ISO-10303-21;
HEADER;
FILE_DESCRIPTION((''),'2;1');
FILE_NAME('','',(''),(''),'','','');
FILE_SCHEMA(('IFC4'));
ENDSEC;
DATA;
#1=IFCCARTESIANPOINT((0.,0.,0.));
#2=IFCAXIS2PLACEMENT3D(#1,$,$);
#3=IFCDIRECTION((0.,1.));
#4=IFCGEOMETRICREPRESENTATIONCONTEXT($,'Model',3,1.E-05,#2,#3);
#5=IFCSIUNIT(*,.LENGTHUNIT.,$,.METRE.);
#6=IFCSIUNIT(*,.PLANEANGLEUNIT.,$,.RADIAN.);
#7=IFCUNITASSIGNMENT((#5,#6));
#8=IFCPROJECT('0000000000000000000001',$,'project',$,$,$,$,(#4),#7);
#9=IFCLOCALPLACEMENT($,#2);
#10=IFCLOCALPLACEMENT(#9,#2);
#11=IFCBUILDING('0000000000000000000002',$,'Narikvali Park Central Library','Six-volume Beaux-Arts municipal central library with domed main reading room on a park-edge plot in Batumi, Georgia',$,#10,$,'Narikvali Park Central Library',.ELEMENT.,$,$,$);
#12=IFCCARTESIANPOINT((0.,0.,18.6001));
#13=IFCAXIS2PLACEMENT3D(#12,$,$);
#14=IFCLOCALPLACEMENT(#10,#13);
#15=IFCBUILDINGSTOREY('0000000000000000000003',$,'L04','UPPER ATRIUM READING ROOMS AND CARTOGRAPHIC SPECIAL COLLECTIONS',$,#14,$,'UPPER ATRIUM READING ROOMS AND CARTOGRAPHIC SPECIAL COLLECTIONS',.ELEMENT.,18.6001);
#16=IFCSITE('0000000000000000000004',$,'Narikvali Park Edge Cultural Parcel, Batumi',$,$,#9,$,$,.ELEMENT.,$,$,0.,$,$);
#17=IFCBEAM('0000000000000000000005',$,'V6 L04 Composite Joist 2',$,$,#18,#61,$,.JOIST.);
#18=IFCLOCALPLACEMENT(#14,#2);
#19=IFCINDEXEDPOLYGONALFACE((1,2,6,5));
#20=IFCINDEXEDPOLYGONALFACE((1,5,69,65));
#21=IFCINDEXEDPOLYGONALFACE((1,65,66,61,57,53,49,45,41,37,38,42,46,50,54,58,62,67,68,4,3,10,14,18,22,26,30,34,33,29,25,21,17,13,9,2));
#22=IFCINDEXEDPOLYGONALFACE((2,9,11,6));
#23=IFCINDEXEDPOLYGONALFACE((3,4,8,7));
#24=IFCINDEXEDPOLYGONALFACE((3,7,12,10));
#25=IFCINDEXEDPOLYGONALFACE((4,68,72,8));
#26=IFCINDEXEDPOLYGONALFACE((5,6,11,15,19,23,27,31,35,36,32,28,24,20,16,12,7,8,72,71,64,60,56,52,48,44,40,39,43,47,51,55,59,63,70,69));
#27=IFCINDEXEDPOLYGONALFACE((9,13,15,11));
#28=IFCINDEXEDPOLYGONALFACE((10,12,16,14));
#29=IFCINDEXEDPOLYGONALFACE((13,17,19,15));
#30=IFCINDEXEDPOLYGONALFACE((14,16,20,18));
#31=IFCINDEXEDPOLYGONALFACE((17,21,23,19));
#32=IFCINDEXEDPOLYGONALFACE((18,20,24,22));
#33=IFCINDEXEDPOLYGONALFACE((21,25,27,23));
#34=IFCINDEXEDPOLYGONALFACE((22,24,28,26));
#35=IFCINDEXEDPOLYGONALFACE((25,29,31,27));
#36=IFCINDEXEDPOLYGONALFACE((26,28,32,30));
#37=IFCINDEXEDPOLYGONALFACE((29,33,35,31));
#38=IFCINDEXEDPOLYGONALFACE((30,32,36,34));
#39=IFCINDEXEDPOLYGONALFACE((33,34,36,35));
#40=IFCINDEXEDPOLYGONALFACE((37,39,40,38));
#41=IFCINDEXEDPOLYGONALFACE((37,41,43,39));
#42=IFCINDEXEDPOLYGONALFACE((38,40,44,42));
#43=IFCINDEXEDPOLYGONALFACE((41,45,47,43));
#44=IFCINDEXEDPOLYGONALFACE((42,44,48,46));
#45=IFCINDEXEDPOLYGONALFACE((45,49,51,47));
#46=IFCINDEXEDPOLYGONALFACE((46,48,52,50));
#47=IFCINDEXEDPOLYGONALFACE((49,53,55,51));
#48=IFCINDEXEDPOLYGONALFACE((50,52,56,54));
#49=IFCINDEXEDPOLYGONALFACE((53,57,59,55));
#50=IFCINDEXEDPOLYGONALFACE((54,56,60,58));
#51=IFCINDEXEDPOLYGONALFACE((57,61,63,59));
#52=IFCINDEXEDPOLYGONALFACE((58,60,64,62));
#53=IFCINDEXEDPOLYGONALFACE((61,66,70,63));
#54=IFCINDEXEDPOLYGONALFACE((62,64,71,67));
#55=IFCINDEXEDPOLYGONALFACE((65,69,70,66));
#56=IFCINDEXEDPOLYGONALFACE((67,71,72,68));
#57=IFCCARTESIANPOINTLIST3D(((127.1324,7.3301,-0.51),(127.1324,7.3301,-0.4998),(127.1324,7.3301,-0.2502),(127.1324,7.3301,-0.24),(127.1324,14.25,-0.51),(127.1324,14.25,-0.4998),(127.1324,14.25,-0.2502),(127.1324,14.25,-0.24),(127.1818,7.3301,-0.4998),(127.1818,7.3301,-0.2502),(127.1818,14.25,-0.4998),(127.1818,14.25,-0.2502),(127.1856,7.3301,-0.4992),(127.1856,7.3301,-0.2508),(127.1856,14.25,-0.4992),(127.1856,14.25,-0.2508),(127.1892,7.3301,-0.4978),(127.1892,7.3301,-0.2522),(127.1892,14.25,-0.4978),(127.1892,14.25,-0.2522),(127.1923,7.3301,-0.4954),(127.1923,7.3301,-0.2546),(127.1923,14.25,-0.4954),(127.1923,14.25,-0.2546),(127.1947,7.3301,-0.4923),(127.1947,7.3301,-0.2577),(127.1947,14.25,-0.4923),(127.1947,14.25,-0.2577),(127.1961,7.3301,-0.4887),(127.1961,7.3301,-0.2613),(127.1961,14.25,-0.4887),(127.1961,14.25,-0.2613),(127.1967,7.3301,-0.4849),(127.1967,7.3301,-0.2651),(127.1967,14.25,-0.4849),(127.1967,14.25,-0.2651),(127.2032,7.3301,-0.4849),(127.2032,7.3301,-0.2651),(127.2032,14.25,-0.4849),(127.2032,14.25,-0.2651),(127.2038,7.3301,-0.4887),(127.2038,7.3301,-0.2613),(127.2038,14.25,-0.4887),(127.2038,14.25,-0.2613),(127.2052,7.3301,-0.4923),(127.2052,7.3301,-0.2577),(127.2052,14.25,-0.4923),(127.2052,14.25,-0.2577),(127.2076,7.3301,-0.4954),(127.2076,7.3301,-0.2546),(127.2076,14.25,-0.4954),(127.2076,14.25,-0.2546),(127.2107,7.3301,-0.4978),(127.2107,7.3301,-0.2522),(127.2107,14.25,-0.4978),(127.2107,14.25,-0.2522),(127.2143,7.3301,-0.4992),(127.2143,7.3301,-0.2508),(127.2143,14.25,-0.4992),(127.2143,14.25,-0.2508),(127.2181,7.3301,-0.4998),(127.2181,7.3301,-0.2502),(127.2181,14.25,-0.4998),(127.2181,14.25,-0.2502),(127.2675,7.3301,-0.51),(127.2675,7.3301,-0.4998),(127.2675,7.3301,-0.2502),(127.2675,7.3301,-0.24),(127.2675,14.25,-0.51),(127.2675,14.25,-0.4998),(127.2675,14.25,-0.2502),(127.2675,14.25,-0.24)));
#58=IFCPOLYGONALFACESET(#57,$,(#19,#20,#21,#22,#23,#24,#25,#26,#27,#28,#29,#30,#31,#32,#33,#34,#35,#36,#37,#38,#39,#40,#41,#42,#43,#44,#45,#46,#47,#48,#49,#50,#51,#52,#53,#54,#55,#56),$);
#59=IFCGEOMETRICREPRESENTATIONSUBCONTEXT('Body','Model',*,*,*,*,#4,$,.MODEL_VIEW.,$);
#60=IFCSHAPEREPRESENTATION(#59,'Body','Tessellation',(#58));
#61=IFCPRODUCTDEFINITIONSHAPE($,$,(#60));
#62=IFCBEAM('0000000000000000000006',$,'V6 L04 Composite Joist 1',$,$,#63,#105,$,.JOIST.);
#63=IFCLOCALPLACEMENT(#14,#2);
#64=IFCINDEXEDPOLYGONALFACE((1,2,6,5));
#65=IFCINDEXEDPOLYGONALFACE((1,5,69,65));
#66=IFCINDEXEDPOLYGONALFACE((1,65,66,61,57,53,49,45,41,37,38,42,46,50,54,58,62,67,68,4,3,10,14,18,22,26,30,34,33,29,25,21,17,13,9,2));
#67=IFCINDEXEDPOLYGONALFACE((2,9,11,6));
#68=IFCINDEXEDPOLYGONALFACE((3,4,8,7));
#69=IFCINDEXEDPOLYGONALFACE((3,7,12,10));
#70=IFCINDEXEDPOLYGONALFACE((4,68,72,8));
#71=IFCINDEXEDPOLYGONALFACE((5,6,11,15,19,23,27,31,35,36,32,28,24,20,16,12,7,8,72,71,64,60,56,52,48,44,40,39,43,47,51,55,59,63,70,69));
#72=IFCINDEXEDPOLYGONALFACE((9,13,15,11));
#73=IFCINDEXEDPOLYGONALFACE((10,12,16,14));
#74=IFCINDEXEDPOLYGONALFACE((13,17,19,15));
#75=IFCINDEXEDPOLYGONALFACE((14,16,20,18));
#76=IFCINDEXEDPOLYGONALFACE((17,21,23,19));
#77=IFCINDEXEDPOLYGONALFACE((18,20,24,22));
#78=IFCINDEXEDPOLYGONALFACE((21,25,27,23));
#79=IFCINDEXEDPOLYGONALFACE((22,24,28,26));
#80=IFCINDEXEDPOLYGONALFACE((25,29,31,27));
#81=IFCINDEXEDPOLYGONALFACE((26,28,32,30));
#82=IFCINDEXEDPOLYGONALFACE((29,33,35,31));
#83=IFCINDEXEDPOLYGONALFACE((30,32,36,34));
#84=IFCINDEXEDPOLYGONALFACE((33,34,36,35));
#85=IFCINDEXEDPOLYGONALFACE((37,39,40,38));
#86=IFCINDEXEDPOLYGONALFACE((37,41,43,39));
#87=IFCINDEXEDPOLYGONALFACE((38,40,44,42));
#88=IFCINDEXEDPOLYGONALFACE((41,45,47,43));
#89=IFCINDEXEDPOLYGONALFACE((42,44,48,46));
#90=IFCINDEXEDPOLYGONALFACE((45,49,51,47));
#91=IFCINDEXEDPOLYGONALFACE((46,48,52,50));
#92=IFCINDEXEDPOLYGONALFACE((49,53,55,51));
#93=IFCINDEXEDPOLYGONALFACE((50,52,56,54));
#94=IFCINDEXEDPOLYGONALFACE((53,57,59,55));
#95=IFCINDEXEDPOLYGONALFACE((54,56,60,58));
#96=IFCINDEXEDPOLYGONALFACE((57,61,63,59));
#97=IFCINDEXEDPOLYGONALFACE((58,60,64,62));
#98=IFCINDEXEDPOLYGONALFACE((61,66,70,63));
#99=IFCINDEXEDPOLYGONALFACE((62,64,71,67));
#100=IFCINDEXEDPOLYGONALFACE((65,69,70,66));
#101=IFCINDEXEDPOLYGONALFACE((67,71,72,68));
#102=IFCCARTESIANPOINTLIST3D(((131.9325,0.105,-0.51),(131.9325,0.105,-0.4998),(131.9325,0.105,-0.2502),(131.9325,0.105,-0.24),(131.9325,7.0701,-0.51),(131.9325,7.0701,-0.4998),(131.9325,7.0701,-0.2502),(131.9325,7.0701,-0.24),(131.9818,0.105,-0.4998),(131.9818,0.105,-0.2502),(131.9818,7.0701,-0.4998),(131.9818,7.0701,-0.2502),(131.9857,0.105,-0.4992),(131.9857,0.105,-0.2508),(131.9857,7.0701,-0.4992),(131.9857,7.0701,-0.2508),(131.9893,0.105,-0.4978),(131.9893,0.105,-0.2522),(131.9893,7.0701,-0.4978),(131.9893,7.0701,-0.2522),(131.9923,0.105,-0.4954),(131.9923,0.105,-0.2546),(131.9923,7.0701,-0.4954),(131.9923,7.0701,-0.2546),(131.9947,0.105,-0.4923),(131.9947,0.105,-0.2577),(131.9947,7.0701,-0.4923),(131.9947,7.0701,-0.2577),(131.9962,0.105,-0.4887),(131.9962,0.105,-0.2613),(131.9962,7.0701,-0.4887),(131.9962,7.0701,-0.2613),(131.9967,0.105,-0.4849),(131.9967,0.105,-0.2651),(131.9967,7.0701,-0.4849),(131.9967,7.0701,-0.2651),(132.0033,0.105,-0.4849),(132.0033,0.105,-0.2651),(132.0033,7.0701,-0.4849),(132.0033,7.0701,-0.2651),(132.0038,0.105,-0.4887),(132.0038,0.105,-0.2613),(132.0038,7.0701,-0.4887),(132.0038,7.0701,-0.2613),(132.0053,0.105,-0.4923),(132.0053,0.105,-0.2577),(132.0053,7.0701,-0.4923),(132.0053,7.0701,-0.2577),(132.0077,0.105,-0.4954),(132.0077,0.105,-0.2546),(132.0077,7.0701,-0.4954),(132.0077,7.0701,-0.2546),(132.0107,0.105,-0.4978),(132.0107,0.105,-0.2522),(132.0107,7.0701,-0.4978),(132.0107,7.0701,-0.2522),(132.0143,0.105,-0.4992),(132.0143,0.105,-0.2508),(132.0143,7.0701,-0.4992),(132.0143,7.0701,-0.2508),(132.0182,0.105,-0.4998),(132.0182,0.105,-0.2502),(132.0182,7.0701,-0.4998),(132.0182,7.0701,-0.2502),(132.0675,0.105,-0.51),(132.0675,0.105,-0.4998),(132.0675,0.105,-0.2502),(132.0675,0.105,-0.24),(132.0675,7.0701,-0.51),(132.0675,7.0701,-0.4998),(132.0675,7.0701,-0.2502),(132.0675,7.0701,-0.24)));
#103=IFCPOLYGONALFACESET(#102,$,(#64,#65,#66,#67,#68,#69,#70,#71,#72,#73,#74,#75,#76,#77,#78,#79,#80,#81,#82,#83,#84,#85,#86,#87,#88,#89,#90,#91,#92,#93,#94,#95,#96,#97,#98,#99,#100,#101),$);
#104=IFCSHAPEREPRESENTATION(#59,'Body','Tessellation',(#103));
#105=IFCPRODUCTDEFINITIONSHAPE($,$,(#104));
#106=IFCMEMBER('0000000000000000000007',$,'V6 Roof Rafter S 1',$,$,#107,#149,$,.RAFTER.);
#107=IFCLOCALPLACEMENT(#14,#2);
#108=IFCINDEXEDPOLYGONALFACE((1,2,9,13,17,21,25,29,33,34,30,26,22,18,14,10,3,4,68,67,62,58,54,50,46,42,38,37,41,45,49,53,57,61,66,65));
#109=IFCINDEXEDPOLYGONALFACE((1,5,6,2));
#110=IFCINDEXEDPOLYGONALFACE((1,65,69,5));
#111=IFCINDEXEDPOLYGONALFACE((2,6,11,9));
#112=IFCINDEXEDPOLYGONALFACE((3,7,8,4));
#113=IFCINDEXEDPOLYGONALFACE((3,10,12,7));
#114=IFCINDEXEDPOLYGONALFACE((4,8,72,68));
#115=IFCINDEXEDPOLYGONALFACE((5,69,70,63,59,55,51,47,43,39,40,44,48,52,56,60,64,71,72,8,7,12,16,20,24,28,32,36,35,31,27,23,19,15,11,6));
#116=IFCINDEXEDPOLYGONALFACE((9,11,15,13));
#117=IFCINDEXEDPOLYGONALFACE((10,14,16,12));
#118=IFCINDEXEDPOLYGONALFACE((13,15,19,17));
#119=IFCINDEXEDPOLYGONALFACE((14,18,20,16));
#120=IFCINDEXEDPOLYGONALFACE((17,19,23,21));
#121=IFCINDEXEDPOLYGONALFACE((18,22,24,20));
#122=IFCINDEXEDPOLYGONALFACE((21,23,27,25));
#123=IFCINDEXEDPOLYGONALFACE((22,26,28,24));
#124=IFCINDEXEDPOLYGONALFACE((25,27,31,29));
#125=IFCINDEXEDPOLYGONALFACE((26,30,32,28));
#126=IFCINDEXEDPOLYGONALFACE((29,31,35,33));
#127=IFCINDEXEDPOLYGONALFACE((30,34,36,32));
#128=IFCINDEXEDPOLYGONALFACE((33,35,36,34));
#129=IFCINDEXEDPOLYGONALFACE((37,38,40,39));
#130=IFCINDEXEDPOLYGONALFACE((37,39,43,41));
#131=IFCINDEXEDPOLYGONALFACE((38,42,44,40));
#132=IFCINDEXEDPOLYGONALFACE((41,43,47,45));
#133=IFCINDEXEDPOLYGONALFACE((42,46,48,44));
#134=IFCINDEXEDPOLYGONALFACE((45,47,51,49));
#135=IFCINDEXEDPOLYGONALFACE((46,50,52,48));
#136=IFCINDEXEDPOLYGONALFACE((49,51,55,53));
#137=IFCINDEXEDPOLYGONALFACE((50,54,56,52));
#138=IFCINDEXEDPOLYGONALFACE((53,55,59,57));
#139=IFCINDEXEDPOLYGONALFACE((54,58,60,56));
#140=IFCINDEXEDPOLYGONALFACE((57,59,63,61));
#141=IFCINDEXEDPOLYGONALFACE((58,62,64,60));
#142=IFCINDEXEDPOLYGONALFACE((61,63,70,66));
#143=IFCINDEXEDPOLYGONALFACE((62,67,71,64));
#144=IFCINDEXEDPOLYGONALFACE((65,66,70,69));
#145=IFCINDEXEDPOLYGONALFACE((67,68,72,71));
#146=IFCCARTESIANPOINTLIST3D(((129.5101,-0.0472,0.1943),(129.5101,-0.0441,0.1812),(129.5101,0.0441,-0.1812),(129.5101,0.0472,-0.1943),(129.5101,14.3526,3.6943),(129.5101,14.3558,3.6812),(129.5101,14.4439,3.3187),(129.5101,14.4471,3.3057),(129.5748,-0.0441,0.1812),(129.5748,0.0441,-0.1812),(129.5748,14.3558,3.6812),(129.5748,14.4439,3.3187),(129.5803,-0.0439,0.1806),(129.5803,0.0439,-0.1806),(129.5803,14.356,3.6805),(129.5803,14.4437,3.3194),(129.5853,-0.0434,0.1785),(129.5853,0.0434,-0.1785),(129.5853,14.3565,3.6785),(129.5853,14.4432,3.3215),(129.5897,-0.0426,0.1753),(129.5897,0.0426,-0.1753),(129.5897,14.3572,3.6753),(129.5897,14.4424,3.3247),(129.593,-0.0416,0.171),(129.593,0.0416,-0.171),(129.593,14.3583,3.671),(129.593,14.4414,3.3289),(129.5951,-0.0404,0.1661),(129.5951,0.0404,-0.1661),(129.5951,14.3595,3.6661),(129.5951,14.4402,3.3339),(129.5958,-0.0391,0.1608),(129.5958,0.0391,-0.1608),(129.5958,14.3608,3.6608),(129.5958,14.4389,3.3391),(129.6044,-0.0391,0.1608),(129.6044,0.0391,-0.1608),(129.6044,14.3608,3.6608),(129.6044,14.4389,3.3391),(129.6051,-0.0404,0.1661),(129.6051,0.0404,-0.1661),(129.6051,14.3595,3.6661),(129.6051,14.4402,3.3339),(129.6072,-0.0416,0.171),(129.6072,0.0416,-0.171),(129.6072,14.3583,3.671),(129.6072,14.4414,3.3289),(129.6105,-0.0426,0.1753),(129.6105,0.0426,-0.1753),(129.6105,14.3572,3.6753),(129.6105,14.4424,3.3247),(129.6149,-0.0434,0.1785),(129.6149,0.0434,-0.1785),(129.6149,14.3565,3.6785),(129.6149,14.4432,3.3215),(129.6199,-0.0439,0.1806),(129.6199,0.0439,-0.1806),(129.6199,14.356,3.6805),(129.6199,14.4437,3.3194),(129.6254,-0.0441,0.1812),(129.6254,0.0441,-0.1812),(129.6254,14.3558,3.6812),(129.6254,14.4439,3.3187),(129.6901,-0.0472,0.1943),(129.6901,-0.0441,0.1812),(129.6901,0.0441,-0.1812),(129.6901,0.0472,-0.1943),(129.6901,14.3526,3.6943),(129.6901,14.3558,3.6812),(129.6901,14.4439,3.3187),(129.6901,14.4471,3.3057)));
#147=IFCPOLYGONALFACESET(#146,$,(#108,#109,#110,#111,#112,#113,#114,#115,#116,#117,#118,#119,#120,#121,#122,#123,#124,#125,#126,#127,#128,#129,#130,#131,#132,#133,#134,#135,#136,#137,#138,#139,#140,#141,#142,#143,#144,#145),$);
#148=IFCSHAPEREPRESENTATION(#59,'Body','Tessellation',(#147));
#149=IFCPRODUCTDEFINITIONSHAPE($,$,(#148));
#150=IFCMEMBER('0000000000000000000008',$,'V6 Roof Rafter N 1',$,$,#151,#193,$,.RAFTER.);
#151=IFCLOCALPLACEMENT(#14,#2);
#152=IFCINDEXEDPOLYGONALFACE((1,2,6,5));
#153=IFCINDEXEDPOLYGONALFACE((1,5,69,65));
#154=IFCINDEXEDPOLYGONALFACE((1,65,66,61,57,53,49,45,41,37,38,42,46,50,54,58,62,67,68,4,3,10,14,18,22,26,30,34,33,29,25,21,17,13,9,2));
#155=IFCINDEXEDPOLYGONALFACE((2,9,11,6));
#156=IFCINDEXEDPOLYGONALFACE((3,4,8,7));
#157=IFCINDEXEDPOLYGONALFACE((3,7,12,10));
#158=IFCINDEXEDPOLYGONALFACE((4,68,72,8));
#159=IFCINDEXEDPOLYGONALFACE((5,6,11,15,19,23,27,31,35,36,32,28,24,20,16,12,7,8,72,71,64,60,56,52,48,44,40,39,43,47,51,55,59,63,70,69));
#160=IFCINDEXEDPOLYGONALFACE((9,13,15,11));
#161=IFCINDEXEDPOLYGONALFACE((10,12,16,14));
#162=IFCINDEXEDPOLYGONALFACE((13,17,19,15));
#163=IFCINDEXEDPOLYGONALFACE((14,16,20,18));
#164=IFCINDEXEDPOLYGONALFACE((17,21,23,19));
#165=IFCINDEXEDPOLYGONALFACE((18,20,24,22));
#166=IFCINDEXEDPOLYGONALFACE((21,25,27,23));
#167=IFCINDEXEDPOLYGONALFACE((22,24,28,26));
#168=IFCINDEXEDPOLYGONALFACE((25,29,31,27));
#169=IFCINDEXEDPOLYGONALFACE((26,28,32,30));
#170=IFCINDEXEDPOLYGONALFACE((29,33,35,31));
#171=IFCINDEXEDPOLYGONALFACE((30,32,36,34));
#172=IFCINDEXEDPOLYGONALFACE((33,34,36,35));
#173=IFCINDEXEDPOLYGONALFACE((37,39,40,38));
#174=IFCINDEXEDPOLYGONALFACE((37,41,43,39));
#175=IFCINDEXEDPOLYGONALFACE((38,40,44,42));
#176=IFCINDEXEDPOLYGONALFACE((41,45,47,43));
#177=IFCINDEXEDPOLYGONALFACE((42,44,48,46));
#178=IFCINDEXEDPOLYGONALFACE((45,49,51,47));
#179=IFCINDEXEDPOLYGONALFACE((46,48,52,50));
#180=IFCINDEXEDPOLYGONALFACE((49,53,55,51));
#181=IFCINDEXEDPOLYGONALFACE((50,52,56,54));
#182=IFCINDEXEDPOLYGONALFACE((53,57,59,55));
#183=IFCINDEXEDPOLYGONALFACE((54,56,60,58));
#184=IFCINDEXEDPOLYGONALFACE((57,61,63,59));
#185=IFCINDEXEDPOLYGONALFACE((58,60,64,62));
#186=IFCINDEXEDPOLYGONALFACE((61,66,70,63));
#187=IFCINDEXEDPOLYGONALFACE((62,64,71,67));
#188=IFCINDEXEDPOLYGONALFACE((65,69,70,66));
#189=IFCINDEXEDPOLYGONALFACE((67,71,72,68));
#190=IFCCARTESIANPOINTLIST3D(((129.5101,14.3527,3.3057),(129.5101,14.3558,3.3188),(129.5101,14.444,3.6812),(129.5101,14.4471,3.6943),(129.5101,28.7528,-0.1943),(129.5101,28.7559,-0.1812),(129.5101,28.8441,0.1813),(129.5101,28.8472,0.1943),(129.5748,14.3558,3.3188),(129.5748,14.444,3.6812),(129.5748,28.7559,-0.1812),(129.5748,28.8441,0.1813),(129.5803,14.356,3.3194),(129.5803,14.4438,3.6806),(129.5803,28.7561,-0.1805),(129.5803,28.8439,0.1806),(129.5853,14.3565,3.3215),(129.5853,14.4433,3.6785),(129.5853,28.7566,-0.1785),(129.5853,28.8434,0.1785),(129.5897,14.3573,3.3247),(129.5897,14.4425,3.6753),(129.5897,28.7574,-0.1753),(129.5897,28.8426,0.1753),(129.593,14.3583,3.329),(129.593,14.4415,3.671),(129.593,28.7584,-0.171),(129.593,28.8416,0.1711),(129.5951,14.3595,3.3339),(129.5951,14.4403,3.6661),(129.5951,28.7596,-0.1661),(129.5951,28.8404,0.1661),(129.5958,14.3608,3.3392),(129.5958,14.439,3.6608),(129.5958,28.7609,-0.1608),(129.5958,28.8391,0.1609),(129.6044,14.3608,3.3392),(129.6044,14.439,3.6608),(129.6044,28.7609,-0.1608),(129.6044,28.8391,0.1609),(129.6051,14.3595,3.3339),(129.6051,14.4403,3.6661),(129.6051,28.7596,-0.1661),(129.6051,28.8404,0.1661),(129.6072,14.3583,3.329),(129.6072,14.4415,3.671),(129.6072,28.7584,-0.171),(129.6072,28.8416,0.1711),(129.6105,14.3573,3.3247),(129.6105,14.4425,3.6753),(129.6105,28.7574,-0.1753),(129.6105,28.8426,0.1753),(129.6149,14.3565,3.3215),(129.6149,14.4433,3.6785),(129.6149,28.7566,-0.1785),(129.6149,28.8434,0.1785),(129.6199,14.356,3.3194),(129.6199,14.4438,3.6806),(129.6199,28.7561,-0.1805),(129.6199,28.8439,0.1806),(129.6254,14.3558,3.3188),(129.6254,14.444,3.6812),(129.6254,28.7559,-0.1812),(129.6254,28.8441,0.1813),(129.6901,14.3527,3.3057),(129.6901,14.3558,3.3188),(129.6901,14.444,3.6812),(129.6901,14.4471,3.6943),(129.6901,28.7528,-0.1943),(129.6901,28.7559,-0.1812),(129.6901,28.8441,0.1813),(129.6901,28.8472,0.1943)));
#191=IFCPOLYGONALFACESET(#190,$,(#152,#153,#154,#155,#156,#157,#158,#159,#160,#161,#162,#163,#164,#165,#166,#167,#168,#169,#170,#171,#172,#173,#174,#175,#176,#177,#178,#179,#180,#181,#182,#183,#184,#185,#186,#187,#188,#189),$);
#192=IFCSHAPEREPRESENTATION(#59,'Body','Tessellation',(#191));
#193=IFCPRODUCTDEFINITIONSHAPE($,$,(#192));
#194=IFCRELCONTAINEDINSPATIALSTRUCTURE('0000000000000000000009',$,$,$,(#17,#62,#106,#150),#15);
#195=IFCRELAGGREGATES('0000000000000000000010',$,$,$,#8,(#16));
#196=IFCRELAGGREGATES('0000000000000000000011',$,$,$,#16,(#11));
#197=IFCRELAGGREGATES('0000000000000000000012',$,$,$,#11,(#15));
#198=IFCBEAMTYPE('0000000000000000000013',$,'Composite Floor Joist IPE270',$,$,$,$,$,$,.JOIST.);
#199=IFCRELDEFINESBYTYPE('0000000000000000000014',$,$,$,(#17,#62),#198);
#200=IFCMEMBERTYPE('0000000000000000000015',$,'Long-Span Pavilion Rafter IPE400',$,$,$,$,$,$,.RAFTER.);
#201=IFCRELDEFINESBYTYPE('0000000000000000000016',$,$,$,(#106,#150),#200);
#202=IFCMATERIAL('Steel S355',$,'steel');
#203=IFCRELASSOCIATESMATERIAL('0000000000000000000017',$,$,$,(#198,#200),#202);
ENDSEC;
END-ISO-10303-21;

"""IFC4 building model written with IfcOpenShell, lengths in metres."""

from ifc_helpers import new_model, si_unit, direction, frame, origin, origin_2d, place, context, subcontext, project, spatial, i_section, extrude, material, material_profile, profile_set, type_object, element, save


model = new_model("IFC4")

# Units and contexts
model_context = context("Model", 3, precision=1e-05, world=origin(), true_north=direction((0.0, 1.0)))
body_context = subcontext(model_context, "Body", "Model", "MODEL_VIEW")
ifc_project = project(units=[si_unit("LENGTHUNIT", "METRE"), si_unit("PLANEANGLEUNIT", "RADIAN")], contexts=[model_context])

# Site, building, storey
site_placement = place(None, origin())
site = spatial("IfcSite", under=ifc_project, at=site_placement, Name="Narikvali Park Edge Cultural Parcel, Batumi", CompositionType="ELEMENT", RefElevation=0.0)
building_placement = place(site_placement, origin())
building = spatial("IfcBuilding", under=site, at=building_placement, Name="Narikvali Park Central Library", Description="Six-volume Beaux-Arts municipal central library with domed main reading room on a park-edge plot in Batumi, Georgia", LongName="Narikvali Park Central Library", CompositionType="ELEMENT")
storey_placement = place(building_placement, frame((0.0, 0.0, 18.6001)))
storey = spatial("IfcBuildingStorey", under=building, at=storey_placement, Name="L04", Description="UPPER ATRIUM READING ROOMS AND CARTOGRAPHIC SPECIAL COLLECTIONS", LongName="UPPER ATRIUM READING ROOMS AND CARTOGRAPHIC SPECIAL COLLECTIONS", CompositionType="ELEMENT", Elevation=18.6001)

# Shared definitions
ifc_material_1 = material(Name="Steel S355", Category="steel")

# Beams
ifc_material_profile_1 = material_profile(ifc_material_1, i_section(OverallWidth=0.135, OverallDepth=0.27, WebThickness=0.0066, FlangeThickness=0.0103, FilletRadius=0.0149, at=origin_2d()), Name="IPE 270")
ifc_profile_set_1 = profile_set([ifc_material_profile_1], Name="Steel S355")
beam_type_1 = type_object("IfcBeamType", Name="Composite Floor Joist IPE270", PredefinedType="JOIST", material=ifc_profile_set_1)
for number, where, z_axis, x_axis, name in (
    (1, (127.2, 7.3301, -0.375), (0.0, 1.0, 0.0), (-1.0, 0.0, 0.0), "V6 L04 Composite Joist 2"),
):
    element("IfcBeam", number, at=place(storey_placement, frame(where, z_axis=z_axis, x_axis=x_axis)), inside=storey, type_object=beam_type_1, Name=name, PredefinedType="JOIST", context=body_context, shape_type="SweptSolid", body=[
        extrude(i_section(OverallWidth=0.135, OverallDepth=0.27, WebThickness=0.0066, FlangeThickness=0.0103, FilletRadius=0.0149, at=origin_2d()), origin(), (0.0, 0.0, 1.0), 6.9199),
    ])
beam_1_placement = place(storey_placement, frame((132.0, 0.105, -0.375), z_axis=(0.0, 1.0, 0.0), x_axis=(-1.0, 0.0, 0.0)))
element("IfcBeam", 2, at=beam_1_placement, inside=storey, type_object=beam_type_1, Name="V6 L04 Composite Joist 1", PredefinedType="JOIST", context=body_context, shape_type="SweptSolid", body=[
    extrude(i_section(OverallWidth=0.135, OverallDepth=0.27, WebThickness=0.0066, FlangeThickness=0.0103, FilletRadius=0.0149, at=origin_2d()), origin(), (0.0, 0.0, 1.0), 6.9651),
])

# Members
ifc_material_profile_2 = material_profile(ifc_material_1, i_section(OverallWidth=0.1799, OverallDepth=0.3999, WebThickness=0.0085, FlangeThickness=0.0134, FilletRadius=0.021, at=origin_2d()), Name="IPE 400")
ifc_profile_set_2 = profile_set([ifc_material_profile_2], Name="Steel S355")
member_type_1 = type_object("IfcMemberType", Name="Long-Span Pavilion Rafter IPE400", PredefinedType="RAFTER", material=ifc_profile_set_2)
member_1_placement = place(storey_placement, frame((129.6001, 0.0, 0.0), z_axis=(0.0, 0.971709, 0.236181), x_axis=(-1.0, 0.0, 0.0)))
element("IfcMember", 3, at=member_1_placement, inside=storey, type_object=member_type_1, Name="V6 Roof Rafter S 1", PredefinedType="RAFTER", context=body_context, shape_type="SweptSolid", body=[
    extrude(i_section(OverallWidth=0.1799, OverallDepth=0.3999, WebThickness=0.0085, FlangeThickness=0.0134, FilletRadius=0.021, at=origin_2d()), origin(), (0.0, 0.0, 1.0), 14.8191),
])
member_2_placement = place(storey_placement, frame((129.6001, 14.3999, 3.5), z_axis=(0.0, 0.97171, -0.236177), x_axis=(-1.0, 0.0, 0.0)))
element("IfcMember", 4, at=member_2_placement, inside=storey, type_object=member_type_1, Name="V6 Roof Rafter N 1", PredefinedType="RAFTER", context=body_context, shape_type="SweptSolid", body=[
    extrude(i_section(OverallWidth=0.1799, OverallDepth=0.3999, WebThickness=0.0085, FlangeThickness=0.0134, FilletRadius=0.021, at=origin_2d()), origin(), (0.0, 0.0, 1.0), 14.8193),
])

save(model, "model.ifc")
